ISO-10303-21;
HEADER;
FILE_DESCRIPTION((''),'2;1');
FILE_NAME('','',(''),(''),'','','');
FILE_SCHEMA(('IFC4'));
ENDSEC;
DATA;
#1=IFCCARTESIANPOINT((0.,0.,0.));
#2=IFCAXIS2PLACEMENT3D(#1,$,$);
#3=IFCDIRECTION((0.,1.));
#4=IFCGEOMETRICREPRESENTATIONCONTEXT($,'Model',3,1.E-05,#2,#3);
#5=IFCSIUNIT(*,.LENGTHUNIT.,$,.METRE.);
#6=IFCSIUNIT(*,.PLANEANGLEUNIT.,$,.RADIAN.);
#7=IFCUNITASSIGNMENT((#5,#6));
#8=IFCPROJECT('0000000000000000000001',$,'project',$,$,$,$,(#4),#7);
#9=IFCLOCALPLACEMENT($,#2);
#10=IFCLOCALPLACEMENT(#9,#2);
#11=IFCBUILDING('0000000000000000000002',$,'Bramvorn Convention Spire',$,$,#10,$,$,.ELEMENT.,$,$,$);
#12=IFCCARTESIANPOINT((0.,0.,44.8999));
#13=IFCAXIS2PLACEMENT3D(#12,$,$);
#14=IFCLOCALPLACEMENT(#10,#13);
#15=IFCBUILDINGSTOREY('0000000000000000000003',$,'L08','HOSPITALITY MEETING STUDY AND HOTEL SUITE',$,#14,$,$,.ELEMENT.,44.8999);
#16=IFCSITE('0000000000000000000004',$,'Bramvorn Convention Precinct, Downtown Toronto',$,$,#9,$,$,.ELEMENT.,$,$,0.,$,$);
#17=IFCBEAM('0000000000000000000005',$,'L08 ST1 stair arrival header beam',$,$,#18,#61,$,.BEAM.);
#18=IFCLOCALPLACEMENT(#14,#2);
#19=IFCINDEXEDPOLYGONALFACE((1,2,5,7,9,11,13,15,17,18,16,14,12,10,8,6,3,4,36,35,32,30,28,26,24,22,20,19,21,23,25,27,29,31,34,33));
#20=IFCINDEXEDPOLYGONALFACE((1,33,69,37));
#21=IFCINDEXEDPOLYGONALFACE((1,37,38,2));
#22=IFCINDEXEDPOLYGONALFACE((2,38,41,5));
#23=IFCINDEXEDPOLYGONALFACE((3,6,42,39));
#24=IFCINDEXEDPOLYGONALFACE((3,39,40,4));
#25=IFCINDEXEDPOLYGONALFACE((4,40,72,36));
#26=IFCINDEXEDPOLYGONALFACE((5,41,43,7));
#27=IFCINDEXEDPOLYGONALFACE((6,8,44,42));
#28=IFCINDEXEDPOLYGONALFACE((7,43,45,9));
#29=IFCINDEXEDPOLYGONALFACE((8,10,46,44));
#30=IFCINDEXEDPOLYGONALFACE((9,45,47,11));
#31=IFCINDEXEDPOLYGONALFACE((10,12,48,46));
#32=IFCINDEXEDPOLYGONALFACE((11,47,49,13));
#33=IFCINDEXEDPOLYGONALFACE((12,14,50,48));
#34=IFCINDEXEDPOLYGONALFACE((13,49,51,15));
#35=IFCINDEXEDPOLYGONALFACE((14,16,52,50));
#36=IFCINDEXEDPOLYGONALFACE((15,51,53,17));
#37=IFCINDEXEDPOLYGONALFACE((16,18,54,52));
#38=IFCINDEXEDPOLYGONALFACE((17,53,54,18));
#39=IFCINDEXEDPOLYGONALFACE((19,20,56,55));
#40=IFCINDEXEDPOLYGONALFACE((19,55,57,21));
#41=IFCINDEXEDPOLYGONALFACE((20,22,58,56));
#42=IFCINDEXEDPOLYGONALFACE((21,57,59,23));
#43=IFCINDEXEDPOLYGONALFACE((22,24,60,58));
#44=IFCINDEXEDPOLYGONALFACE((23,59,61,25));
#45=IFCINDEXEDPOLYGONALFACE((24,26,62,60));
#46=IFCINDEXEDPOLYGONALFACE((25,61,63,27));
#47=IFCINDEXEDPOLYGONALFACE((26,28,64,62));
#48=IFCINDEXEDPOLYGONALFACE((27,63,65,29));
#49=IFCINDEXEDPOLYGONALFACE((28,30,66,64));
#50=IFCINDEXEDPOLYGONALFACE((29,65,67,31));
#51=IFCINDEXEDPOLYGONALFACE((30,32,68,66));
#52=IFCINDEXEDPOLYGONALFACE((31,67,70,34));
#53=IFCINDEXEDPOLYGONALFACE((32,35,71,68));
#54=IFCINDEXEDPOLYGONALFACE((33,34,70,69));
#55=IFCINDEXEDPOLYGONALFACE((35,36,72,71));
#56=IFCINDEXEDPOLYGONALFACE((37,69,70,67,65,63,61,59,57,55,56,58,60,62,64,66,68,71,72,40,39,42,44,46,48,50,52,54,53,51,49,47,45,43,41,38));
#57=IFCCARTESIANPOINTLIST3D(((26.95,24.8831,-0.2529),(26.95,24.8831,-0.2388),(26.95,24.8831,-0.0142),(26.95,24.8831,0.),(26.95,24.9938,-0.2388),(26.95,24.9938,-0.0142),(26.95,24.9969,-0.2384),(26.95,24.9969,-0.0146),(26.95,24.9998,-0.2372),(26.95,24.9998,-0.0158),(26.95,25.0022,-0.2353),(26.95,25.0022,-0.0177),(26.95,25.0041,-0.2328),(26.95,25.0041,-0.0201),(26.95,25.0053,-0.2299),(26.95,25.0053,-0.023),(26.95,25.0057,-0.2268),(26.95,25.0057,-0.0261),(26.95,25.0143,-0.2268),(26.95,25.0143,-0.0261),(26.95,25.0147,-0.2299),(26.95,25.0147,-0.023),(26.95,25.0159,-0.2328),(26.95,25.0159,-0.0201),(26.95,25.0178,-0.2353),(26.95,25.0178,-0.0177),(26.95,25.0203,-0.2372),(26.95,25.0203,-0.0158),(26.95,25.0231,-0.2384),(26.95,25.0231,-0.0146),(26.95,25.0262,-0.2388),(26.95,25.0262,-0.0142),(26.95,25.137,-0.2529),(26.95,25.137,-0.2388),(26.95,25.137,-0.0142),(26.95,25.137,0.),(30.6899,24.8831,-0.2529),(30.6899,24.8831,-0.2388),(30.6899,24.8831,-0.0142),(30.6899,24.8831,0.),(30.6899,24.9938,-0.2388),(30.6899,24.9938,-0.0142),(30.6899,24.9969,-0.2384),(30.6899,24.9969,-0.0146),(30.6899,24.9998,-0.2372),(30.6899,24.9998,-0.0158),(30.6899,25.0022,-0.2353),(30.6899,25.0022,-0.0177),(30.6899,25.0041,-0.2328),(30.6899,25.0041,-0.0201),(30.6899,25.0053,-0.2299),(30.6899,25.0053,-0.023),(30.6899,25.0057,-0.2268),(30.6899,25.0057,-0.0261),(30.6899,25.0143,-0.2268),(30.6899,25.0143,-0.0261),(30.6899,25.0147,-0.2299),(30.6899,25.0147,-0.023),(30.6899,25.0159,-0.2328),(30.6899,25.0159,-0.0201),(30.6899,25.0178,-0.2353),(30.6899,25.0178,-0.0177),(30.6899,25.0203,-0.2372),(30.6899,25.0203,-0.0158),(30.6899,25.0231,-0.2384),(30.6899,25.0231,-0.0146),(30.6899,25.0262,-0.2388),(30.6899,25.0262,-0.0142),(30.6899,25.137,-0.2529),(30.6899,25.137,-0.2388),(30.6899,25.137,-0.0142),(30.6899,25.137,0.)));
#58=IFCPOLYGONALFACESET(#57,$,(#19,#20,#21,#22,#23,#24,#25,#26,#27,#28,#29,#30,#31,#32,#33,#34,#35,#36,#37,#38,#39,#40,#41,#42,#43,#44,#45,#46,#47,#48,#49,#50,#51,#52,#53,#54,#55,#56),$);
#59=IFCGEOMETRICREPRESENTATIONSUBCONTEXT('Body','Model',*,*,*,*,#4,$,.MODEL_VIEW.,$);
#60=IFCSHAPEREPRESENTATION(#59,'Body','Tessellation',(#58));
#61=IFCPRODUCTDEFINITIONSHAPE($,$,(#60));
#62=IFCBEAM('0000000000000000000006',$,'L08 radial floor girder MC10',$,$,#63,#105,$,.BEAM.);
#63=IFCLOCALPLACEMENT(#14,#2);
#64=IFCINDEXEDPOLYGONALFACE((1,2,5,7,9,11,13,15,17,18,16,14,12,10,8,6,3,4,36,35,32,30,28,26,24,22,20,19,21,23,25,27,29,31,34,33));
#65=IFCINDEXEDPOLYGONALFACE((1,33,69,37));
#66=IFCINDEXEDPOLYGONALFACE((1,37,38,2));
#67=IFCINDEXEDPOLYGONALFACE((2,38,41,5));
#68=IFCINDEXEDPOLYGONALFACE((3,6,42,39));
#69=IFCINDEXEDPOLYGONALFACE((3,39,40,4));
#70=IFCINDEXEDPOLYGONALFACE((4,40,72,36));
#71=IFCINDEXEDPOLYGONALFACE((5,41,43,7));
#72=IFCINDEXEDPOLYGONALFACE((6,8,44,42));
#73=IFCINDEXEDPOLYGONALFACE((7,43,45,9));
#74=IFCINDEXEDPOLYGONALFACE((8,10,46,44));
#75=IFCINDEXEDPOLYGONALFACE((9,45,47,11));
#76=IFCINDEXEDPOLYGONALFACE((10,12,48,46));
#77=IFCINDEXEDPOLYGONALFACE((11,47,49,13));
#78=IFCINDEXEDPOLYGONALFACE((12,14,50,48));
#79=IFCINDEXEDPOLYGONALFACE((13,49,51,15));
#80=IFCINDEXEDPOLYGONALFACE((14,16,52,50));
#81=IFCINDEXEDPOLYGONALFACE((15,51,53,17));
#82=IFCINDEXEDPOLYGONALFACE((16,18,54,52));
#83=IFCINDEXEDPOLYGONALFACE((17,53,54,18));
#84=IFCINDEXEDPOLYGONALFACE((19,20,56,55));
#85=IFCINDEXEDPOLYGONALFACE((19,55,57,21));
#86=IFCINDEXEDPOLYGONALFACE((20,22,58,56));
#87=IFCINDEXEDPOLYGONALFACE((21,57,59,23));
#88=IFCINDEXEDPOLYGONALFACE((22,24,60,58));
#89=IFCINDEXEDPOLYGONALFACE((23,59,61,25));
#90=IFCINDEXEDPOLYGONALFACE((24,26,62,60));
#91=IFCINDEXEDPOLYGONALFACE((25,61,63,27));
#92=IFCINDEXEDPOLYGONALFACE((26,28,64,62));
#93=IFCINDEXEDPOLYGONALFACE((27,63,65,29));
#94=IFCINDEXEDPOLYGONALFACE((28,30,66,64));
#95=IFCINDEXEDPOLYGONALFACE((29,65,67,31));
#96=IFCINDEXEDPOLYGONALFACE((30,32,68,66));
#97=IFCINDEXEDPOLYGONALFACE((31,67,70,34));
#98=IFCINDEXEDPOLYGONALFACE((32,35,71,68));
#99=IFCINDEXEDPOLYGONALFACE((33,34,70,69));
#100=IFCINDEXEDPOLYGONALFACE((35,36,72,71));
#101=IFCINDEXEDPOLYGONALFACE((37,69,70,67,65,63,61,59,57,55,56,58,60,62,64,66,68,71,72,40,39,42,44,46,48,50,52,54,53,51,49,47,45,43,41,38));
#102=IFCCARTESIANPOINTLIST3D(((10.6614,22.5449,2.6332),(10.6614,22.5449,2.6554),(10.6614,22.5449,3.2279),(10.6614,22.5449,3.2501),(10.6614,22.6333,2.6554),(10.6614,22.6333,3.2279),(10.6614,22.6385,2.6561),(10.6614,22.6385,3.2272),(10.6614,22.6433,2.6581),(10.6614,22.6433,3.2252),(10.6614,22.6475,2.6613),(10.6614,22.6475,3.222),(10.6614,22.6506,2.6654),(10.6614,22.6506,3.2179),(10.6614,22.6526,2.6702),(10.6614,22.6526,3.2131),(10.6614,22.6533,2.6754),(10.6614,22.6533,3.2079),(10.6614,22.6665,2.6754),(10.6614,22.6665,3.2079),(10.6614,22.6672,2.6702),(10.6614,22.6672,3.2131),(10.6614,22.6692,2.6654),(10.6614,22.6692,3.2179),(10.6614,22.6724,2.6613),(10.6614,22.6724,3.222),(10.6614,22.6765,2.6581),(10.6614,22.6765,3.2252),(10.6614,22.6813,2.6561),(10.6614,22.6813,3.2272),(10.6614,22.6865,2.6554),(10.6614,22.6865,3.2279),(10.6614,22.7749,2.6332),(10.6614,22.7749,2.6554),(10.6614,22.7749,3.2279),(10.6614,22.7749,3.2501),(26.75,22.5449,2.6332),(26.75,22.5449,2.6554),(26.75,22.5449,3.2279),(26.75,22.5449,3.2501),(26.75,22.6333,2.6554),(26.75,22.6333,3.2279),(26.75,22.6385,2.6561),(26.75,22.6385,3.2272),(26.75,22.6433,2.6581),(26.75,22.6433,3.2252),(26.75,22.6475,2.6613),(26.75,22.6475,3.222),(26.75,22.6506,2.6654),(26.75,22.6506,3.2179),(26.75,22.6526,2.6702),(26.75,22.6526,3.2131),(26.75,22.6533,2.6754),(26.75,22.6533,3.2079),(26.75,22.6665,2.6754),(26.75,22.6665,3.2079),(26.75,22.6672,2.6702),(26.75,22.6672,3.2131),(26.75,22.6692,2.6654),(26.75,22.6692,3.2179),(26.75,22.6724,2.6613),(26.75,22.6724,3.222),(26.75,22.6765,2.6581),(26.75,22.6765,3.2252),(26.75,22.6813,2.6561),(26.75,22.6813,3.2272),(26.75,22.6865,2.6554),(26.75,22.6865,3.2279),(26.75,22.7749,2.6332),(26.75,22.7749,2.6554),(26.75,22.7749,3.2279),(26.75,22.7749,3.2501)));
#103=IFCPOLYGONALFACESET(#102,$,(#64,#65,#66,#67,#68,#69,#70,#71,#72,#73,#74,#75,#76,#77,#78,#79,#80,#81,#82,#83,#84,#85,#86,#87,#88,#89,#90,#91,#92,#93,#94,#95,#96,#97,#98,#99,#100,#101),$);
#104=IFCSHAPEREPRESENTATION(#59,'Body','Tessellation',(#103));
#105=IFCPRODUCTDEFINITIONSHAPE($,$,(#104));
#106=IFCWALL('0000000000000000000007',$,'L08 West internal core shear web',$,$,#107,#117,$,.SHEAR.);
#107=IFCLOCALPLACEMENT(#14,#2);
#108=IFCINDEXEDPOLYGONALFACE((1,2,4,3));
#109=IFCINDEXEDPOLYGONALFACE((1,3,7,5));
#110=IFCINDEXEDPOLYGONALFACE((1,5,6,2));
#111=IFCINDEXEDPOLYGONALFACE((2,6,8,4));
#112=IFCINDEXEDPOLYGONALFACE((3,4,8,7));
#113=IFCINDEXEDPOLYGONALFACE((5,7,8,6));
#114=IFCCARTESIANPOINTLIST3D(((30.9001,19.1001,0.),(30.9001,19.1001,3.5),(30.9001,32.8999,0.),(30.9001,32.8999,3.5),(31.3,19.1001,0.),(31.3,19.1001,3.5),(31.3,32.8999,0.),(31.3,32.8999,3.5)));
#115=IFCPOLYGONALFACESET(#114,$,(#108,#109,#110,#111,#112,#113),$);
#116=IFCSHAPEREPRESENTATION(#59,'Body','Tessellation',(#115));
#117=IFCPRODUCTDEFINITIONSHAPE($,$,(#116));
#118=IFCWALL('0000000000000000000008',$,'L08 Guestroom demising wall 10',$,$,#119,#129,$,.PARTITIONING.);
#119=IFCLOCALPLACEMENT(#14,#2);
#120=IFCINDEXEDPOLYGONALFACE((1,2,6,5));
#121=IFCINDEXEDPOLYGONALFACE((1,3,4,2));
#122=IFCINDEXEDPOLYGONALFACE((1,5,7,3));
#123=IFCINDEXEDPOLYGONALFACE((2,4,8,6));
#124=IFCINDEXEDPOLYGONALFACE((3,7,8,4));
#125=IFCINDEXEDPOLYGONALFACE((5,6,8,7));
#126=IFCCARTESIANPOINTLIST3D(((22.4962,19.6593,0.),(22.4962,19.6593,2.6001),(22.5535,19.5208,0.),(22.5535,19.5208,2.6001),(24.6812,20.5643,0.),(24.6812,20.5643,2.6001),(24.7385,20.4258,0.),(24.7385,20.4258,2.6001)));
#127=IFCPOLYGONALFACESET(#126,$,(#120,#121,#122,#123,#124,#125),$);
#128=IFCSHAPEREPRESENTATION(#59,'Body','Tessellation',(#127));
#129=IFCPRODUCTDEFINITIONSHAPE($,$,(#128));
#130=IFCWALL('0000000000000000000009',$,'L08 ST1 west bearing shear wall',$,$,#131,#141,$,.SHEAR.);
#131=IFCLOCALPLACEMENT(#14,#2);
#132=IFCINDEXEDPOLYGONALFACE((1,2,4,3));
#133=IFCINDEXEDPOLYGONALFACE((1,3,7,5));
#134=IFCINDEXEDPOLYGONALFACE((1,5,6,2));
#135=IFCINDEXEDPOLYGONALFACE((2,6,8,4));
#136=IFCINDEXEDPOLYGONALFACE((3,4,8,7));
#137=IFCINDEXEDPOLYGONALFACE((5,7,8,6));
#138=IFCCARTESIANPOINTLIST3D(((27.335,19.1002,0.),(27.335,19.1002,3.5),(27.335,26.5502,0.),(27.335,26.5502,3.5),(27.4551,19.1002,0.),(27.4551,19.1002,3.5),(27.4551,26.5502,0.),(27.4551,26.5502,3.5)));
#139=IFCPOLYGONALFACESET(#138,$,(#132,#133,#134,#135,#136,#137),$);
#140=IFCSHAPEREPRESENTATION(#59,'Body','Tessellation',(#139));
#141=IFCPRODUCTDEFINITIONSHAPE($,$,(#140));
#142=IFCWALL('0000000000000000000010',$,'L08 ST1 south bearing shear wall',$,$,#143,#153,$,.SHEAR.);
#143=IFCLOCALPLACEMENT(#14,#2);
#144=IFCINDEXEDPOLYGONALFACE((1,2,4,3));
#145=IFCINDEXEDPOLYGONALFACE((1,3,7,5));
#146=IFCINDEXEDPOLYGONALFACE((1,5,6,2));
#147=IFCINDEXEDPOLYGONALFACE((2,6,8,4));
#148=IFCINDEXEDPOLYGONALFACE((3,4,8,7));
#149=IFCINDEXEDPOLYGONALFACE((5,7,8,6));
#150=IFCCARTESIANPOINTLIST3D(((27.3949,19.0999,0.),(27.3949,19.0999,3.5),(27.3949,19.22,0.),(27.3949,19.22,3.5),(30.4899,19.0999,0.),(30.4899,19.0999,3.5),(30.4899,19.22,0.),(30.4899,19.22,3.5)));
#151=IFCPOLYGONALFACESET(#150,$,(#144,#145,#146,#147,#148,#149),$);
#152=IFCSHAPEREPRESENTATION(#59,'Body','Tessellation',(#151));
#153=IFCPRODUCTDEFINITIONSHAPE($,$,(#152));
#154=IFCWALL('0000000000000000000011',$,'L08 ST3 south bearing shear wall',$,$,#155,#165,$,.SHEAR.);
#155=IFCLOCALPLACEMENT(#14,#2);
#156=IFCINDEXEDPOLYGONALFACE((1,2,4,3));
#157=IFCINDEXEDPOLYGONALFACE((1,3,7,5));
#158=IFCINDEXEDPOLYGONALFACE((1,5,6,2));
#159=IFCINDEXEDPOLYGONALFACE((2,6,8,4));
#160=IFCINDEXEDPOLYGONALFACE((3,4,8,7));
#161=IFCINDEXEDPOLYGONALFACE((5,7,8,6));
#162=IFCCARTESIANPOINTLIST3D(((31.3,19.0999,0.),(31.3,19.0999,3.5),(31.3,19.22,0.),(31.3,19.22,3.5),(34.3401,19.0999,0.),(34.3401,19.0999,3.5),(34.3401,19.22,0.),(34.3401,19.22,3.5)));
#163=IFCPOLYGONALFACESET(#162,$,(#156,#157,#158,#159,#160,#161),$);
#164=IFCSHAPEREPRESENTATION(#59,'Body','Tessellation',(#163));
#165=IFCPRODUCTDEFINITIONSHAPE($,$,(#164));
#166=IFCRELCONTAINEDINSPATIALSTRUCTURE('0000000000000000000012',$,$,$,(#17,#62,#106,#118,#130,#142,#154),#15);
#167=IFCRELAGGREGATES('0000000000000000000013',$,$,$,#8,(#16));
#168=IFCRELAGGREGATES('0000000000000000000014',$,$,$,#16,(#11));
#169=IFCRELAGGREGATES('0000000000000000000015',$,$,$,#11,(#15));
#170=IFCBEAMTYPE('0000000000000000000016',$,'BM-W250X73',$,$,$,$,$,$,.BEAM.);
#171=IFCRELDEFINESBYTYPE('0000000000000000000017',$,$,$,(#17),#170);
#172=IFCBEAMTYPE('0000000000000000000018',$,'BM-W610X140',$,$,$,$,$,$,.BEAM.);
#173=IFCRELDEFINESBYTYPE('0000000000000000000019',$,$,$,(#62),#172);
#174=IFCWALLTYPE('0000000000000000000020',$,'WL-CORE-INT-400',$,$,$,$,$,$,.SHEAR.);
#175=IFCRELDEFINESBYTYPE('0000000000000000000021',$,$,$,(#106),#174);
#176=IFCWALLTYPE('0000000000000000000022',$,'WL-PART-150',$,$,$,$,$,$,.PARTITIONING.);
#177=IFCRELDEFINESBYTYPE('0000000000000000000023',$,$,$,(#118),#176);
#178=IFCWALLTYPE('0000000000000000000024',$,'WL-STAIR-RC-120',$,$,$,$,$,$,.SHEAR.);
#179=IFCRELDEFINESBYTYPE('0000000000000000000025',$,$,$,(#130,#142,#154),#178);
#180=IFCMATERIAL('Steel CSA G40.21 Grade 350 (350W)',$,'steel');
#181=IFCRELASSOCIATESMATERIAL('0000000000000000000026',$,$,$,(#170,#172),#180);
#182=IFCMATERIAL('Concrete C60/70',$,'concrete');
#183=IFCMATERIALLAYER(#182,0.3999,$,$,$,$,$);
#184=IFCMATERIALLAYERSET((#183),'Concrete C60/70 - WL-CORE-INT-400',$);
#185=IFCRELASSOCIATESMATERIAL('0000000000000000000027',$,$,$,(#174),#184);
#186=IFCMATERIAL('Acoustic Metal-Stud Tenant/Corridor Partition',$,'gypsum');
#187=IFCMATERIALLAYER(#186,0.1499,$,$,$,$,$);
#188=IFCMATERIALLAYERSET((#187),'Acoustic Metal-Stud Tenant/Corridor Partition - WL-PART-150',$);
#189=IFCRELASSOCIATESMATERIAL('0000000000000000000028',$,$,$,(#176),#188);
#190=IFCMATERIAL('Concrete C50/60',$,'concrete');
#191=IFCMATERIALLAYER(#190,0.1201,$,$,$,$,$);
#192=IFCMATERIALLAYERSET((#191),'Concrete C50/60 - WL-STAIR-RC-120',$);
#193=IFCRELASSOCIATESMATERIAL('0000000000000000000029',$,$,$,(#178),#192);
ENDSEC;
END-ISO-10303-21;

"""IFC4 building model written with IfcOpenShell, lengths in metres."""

from ifc_helpers import new_model, si_unit, direction, frame, frame_2d, origin, origin_2d, place, context, subcontext, project, spatial, rectangle, i_section, extrude, material, layer, layer_set, material_profile, profile_set, type_object, element, save


model = new_model("IFC4")

# Units and contexts
model_context = context("Model", 3, precision=1e-05, world=origin(), true_north=direction((0.0, 1.0)))
body_context = subcontext(model_context, "Body", "Model", "MODEL_VIEW")
ifc_project = project(units=[si_unit("LENGTHUNIT", "METRE"), si_unit("PLANEANGLEUNIT", "RADIAN")], contexts=[model_context])

# Site, building, storey
site_placement = place(None, origin())
site = spatial("IfcSite", under=ifc_project, at=site_placement, Name="Bramvorn Convention Precinct, Downtown Toronto", CompositionType="ELEMENT", RefElevation=0.0)
building_placement = place(site_placement, origin())
building = spatial("IfcBuilding", under=site, at=building_placement, Name="Bramvorn Convention Spire", CompositionType="ELEMENT")
storey_placement = place(building_placement, frame((0.0, 0.0, 44.8999)))
storey = spatial("IfcBuildingStorey", under=building, at=storey_placement, Name="L08", Description="HOSPITALITY MEETING STUDY AND HOTEL SUITE", CompositionType="ELEMENT", Elevation=44.8999)

# Beams
ifc_material_1 = material(Name="Steel CSA G40.21 Grade 350 (350W)", Category="steel")
ifc_material_profile_1 = material_profile(ifc_material_1, i_section(OverallWidth=0.2539, OverallDepth=0.2529, WebThickness=0.0085, FlangeThickness=0.0142, FilletRadius=0.012, at=origin_2d()))
ifc_profile_set_1 = profile_set([ifc_material_profile_1], Name="Steel CSA G40.21 Grade 350 (350W) - W250X73")
beam_type_1 = type_object("IfcBeamType", Name="BM-W250X73", PredefinedType="BEAM", material=ifc_profile_set_1)
beam_1_placement = place(storey_placement, frame((26.95, 25.01, -0.1265), z_axis=(1.0, 0.0, 0.0), x_axis=(0.0, 1.0, 0.0)))
element("IfcBeam", 1, at=beam_1_placement, inside=storey, type_object=beam_type_1, Name="L08 ST1 stair arrival header beam", PredefinedType="BEAM", context=body_context, shape_type="SweptSolid", body=[
    extrude(i_section(OverallWidth=0.2539, OverallDepth=0.2529, WebThickness=0.0085, FlangeThickness=0.0142, FilletRadius=0.012, at=origin_2d()), origin(), (0.0, 0.0, 1.0), 3.74),
])
ifc_material_profile_2 = material_profile(ifc_material_1, i_section(OverallWidth=0.23, OverallDepth=0.6169, WebThickness=0.0132, FlangeThickness=0.0222, FilletRadius=0.02, at=origin_2d()))
ifc_profile_set_2 = profile_set([ifc_material_profile_2], Name="Steel CSA G40.21 Grade 350 (350W) - W610X140")
beam_type_2 = type_object("IfcBeamType", Name="BM-W610X140", PredefinedType="BEAM", material=ifc_profile_set_2)
beam_2_placement = place(storey_placement, frame((26.75, 22.6599, 2.9417), z_axis=(-1.0, 0.0, 0.0), x_axis=(0.0, -1.0, 0.0)))
element("IfcBeam", 2, at=beam_2_placement, inside=storey, type_object=beam_type_2, Name="L08 radial floor girder MC10", PredefinedType="BEAM", context=body_context, shape_type="SweptSolid", body=[
    extrude(i_section(OverallWidth=0.23, OverallDepth=0.6169, WebThickness=0.0132, FlangeThickness=0.0222, FilletRadius=0.02, at=origin_2d()), origin(), (0.0, 0.0, 1.0), 16.0886),
])

# Shared definitions
ifc_material_2 = material(Name="Concrete C60/70", Category="concrete")

# Wall
ifc_layer_1 = layer(ifc_material_2, 0.3999)
ifc_layer_set_1 = layer_set([ifc_layer_1], Name="Concrete C60/70 - WL-CORE-INT-400")
wall_type_1 = type_object("IfcWallType", Name="WL-CORE-INT-400", PredefinedType="SHEAR", material=ifc_layer_set_1)
wall_1_placement = place(storey_placement, frame((31.1001, 19.1001, 0.0), z_axis=(0.0, 0.0, 1.0), x_axis=(0.0, 1.0, 0.0)))
element("IfcWall", 3, at=wall_1_placement, inside=storey, type_object=wall_type_1, Name="L08 West internal core shear web", PredefinedType="SHEAR", context=body_context, shape_type="SweptSolid", body=[
    extrude(rectangle(XDim=13.7998, YDim=0.3999, at=frame_2d((6.8999, 0.0))), origin(), (0.0, 0.0, 1.0), 3.5),
])

# Shared definitions
ifc_material_3 = material(Name="Acoustic Metal-Stud Tenant/Corridor Partition", Category="gypsum")
ifc_layer_2 = layer(ifc_material_3, 0.1499)
ifc_layer_set_2 = layer_set([ifc_layer_2], Name="Acoustic Metal-Stud Tenant/Corridor Partition - WL-PART-150")
wall_type_2 = type_object("IfcWallType", Name="WL-PART-150", PredefinedType="PARTITIONING", material=ifc_layer_set_2)

# Walls
wall_2_placement = place(storey_placement, frame((24.71, 20.4951, 0.0), z_axis=(0.0, 0.0, 1.0), x_axis=(-0.923887, -0.382665, 0.0)))
element("IfcWall", 4, at=wall_2_placement, inside=storey, type_object=wall_type_2, Name="L08 Guestroom demising wall 10", PredefinedType="PARTITIONING", context=body_context, shape_type="SweptSolid", body=[
    extrude(rectangle(XDim=2.365, YDim=0.1499, at=frame_2d((1.1826, 0.0))), origin(), (0.0, 0.0, 1.0), 2.6001),
])
ifc_material_4 = material(Name="Concrete C50/60", Category="concrete")
ifc_layer_3 = layer(ifc_material_4, 0.1201)
ifc_layer_set_3 = layer_set([ifc_layer_3], Name="Concrete C50/60 - WL-STAIR-RC-120")
wall_type_3 = type_object("IfcWallType", Name="WL-STAIR-RC-120", PredefinedType="SHEAR", material=ifc_layer_set_3)
wall_3_placement = place(storey_placement, frame((27.395, 19.1001, 0.0), z_axis=(0.0, 0.0, 1.0), x_axis=(0.0, 1.0, 0.0)))
element("IfcWall", 5, at=wall_3_placement, inside=storey, type_object=wall_type_3, Name="L08 ST1 west bearing shear wall", PredefinedType="SHEAR", context=body_context, shape_type="SweptSolid", body=[
    extrude(rectangle(XDim=7.45, YDim=0.1201, at=frame_2d((3.7251, 0.0))), origin(), (0.0, 0.0, 1.0), 3.5),
])
wall_4_placement = place(storey_placement, frame((27.395, 19.1599, 0.0), z_axis=(0.0, 0.0, 1.0), x_axis=(1.0, 0.0, 0.0)))
element("IfcWall", 6, at=wall_4_placement, inside=storey, type_object=wall_type_3, Name="L08 ST1 south bearing shear wall", PredefinedType="SHEAR", context=body_context, shape_type="SweptSolid", body=[
    extrude(rectangle(XDim=3.095, YDim=0.1201, at=frame_2d((1.5474, 0.0))), origin(), (0.0, 0.0, 1.0), 3.5),
])
wall_5_placement = place(storey_placement, frame((31.3, 19.1599, 0.0), z_axis=(0.0, 0.0, 1.0), x_axis=(1.0, 0.0, 0.0)))
element("IfcWall", 7, at=wall_5_placement, inside=storey, type_object=wall_type_3, Name="L08 ST3 south bearing shear wall", PredefinedType="SHEAR", context=body_context, shape_type="SweptSolid", body=[
    extrude(rectangle(XDim=3.04, YDim=0.1201, at=frame_2d((1.52, 0.0))), origin(), (0.0, 0.0, 1.0), 3.5),
])

save(model, "model.ifc")
